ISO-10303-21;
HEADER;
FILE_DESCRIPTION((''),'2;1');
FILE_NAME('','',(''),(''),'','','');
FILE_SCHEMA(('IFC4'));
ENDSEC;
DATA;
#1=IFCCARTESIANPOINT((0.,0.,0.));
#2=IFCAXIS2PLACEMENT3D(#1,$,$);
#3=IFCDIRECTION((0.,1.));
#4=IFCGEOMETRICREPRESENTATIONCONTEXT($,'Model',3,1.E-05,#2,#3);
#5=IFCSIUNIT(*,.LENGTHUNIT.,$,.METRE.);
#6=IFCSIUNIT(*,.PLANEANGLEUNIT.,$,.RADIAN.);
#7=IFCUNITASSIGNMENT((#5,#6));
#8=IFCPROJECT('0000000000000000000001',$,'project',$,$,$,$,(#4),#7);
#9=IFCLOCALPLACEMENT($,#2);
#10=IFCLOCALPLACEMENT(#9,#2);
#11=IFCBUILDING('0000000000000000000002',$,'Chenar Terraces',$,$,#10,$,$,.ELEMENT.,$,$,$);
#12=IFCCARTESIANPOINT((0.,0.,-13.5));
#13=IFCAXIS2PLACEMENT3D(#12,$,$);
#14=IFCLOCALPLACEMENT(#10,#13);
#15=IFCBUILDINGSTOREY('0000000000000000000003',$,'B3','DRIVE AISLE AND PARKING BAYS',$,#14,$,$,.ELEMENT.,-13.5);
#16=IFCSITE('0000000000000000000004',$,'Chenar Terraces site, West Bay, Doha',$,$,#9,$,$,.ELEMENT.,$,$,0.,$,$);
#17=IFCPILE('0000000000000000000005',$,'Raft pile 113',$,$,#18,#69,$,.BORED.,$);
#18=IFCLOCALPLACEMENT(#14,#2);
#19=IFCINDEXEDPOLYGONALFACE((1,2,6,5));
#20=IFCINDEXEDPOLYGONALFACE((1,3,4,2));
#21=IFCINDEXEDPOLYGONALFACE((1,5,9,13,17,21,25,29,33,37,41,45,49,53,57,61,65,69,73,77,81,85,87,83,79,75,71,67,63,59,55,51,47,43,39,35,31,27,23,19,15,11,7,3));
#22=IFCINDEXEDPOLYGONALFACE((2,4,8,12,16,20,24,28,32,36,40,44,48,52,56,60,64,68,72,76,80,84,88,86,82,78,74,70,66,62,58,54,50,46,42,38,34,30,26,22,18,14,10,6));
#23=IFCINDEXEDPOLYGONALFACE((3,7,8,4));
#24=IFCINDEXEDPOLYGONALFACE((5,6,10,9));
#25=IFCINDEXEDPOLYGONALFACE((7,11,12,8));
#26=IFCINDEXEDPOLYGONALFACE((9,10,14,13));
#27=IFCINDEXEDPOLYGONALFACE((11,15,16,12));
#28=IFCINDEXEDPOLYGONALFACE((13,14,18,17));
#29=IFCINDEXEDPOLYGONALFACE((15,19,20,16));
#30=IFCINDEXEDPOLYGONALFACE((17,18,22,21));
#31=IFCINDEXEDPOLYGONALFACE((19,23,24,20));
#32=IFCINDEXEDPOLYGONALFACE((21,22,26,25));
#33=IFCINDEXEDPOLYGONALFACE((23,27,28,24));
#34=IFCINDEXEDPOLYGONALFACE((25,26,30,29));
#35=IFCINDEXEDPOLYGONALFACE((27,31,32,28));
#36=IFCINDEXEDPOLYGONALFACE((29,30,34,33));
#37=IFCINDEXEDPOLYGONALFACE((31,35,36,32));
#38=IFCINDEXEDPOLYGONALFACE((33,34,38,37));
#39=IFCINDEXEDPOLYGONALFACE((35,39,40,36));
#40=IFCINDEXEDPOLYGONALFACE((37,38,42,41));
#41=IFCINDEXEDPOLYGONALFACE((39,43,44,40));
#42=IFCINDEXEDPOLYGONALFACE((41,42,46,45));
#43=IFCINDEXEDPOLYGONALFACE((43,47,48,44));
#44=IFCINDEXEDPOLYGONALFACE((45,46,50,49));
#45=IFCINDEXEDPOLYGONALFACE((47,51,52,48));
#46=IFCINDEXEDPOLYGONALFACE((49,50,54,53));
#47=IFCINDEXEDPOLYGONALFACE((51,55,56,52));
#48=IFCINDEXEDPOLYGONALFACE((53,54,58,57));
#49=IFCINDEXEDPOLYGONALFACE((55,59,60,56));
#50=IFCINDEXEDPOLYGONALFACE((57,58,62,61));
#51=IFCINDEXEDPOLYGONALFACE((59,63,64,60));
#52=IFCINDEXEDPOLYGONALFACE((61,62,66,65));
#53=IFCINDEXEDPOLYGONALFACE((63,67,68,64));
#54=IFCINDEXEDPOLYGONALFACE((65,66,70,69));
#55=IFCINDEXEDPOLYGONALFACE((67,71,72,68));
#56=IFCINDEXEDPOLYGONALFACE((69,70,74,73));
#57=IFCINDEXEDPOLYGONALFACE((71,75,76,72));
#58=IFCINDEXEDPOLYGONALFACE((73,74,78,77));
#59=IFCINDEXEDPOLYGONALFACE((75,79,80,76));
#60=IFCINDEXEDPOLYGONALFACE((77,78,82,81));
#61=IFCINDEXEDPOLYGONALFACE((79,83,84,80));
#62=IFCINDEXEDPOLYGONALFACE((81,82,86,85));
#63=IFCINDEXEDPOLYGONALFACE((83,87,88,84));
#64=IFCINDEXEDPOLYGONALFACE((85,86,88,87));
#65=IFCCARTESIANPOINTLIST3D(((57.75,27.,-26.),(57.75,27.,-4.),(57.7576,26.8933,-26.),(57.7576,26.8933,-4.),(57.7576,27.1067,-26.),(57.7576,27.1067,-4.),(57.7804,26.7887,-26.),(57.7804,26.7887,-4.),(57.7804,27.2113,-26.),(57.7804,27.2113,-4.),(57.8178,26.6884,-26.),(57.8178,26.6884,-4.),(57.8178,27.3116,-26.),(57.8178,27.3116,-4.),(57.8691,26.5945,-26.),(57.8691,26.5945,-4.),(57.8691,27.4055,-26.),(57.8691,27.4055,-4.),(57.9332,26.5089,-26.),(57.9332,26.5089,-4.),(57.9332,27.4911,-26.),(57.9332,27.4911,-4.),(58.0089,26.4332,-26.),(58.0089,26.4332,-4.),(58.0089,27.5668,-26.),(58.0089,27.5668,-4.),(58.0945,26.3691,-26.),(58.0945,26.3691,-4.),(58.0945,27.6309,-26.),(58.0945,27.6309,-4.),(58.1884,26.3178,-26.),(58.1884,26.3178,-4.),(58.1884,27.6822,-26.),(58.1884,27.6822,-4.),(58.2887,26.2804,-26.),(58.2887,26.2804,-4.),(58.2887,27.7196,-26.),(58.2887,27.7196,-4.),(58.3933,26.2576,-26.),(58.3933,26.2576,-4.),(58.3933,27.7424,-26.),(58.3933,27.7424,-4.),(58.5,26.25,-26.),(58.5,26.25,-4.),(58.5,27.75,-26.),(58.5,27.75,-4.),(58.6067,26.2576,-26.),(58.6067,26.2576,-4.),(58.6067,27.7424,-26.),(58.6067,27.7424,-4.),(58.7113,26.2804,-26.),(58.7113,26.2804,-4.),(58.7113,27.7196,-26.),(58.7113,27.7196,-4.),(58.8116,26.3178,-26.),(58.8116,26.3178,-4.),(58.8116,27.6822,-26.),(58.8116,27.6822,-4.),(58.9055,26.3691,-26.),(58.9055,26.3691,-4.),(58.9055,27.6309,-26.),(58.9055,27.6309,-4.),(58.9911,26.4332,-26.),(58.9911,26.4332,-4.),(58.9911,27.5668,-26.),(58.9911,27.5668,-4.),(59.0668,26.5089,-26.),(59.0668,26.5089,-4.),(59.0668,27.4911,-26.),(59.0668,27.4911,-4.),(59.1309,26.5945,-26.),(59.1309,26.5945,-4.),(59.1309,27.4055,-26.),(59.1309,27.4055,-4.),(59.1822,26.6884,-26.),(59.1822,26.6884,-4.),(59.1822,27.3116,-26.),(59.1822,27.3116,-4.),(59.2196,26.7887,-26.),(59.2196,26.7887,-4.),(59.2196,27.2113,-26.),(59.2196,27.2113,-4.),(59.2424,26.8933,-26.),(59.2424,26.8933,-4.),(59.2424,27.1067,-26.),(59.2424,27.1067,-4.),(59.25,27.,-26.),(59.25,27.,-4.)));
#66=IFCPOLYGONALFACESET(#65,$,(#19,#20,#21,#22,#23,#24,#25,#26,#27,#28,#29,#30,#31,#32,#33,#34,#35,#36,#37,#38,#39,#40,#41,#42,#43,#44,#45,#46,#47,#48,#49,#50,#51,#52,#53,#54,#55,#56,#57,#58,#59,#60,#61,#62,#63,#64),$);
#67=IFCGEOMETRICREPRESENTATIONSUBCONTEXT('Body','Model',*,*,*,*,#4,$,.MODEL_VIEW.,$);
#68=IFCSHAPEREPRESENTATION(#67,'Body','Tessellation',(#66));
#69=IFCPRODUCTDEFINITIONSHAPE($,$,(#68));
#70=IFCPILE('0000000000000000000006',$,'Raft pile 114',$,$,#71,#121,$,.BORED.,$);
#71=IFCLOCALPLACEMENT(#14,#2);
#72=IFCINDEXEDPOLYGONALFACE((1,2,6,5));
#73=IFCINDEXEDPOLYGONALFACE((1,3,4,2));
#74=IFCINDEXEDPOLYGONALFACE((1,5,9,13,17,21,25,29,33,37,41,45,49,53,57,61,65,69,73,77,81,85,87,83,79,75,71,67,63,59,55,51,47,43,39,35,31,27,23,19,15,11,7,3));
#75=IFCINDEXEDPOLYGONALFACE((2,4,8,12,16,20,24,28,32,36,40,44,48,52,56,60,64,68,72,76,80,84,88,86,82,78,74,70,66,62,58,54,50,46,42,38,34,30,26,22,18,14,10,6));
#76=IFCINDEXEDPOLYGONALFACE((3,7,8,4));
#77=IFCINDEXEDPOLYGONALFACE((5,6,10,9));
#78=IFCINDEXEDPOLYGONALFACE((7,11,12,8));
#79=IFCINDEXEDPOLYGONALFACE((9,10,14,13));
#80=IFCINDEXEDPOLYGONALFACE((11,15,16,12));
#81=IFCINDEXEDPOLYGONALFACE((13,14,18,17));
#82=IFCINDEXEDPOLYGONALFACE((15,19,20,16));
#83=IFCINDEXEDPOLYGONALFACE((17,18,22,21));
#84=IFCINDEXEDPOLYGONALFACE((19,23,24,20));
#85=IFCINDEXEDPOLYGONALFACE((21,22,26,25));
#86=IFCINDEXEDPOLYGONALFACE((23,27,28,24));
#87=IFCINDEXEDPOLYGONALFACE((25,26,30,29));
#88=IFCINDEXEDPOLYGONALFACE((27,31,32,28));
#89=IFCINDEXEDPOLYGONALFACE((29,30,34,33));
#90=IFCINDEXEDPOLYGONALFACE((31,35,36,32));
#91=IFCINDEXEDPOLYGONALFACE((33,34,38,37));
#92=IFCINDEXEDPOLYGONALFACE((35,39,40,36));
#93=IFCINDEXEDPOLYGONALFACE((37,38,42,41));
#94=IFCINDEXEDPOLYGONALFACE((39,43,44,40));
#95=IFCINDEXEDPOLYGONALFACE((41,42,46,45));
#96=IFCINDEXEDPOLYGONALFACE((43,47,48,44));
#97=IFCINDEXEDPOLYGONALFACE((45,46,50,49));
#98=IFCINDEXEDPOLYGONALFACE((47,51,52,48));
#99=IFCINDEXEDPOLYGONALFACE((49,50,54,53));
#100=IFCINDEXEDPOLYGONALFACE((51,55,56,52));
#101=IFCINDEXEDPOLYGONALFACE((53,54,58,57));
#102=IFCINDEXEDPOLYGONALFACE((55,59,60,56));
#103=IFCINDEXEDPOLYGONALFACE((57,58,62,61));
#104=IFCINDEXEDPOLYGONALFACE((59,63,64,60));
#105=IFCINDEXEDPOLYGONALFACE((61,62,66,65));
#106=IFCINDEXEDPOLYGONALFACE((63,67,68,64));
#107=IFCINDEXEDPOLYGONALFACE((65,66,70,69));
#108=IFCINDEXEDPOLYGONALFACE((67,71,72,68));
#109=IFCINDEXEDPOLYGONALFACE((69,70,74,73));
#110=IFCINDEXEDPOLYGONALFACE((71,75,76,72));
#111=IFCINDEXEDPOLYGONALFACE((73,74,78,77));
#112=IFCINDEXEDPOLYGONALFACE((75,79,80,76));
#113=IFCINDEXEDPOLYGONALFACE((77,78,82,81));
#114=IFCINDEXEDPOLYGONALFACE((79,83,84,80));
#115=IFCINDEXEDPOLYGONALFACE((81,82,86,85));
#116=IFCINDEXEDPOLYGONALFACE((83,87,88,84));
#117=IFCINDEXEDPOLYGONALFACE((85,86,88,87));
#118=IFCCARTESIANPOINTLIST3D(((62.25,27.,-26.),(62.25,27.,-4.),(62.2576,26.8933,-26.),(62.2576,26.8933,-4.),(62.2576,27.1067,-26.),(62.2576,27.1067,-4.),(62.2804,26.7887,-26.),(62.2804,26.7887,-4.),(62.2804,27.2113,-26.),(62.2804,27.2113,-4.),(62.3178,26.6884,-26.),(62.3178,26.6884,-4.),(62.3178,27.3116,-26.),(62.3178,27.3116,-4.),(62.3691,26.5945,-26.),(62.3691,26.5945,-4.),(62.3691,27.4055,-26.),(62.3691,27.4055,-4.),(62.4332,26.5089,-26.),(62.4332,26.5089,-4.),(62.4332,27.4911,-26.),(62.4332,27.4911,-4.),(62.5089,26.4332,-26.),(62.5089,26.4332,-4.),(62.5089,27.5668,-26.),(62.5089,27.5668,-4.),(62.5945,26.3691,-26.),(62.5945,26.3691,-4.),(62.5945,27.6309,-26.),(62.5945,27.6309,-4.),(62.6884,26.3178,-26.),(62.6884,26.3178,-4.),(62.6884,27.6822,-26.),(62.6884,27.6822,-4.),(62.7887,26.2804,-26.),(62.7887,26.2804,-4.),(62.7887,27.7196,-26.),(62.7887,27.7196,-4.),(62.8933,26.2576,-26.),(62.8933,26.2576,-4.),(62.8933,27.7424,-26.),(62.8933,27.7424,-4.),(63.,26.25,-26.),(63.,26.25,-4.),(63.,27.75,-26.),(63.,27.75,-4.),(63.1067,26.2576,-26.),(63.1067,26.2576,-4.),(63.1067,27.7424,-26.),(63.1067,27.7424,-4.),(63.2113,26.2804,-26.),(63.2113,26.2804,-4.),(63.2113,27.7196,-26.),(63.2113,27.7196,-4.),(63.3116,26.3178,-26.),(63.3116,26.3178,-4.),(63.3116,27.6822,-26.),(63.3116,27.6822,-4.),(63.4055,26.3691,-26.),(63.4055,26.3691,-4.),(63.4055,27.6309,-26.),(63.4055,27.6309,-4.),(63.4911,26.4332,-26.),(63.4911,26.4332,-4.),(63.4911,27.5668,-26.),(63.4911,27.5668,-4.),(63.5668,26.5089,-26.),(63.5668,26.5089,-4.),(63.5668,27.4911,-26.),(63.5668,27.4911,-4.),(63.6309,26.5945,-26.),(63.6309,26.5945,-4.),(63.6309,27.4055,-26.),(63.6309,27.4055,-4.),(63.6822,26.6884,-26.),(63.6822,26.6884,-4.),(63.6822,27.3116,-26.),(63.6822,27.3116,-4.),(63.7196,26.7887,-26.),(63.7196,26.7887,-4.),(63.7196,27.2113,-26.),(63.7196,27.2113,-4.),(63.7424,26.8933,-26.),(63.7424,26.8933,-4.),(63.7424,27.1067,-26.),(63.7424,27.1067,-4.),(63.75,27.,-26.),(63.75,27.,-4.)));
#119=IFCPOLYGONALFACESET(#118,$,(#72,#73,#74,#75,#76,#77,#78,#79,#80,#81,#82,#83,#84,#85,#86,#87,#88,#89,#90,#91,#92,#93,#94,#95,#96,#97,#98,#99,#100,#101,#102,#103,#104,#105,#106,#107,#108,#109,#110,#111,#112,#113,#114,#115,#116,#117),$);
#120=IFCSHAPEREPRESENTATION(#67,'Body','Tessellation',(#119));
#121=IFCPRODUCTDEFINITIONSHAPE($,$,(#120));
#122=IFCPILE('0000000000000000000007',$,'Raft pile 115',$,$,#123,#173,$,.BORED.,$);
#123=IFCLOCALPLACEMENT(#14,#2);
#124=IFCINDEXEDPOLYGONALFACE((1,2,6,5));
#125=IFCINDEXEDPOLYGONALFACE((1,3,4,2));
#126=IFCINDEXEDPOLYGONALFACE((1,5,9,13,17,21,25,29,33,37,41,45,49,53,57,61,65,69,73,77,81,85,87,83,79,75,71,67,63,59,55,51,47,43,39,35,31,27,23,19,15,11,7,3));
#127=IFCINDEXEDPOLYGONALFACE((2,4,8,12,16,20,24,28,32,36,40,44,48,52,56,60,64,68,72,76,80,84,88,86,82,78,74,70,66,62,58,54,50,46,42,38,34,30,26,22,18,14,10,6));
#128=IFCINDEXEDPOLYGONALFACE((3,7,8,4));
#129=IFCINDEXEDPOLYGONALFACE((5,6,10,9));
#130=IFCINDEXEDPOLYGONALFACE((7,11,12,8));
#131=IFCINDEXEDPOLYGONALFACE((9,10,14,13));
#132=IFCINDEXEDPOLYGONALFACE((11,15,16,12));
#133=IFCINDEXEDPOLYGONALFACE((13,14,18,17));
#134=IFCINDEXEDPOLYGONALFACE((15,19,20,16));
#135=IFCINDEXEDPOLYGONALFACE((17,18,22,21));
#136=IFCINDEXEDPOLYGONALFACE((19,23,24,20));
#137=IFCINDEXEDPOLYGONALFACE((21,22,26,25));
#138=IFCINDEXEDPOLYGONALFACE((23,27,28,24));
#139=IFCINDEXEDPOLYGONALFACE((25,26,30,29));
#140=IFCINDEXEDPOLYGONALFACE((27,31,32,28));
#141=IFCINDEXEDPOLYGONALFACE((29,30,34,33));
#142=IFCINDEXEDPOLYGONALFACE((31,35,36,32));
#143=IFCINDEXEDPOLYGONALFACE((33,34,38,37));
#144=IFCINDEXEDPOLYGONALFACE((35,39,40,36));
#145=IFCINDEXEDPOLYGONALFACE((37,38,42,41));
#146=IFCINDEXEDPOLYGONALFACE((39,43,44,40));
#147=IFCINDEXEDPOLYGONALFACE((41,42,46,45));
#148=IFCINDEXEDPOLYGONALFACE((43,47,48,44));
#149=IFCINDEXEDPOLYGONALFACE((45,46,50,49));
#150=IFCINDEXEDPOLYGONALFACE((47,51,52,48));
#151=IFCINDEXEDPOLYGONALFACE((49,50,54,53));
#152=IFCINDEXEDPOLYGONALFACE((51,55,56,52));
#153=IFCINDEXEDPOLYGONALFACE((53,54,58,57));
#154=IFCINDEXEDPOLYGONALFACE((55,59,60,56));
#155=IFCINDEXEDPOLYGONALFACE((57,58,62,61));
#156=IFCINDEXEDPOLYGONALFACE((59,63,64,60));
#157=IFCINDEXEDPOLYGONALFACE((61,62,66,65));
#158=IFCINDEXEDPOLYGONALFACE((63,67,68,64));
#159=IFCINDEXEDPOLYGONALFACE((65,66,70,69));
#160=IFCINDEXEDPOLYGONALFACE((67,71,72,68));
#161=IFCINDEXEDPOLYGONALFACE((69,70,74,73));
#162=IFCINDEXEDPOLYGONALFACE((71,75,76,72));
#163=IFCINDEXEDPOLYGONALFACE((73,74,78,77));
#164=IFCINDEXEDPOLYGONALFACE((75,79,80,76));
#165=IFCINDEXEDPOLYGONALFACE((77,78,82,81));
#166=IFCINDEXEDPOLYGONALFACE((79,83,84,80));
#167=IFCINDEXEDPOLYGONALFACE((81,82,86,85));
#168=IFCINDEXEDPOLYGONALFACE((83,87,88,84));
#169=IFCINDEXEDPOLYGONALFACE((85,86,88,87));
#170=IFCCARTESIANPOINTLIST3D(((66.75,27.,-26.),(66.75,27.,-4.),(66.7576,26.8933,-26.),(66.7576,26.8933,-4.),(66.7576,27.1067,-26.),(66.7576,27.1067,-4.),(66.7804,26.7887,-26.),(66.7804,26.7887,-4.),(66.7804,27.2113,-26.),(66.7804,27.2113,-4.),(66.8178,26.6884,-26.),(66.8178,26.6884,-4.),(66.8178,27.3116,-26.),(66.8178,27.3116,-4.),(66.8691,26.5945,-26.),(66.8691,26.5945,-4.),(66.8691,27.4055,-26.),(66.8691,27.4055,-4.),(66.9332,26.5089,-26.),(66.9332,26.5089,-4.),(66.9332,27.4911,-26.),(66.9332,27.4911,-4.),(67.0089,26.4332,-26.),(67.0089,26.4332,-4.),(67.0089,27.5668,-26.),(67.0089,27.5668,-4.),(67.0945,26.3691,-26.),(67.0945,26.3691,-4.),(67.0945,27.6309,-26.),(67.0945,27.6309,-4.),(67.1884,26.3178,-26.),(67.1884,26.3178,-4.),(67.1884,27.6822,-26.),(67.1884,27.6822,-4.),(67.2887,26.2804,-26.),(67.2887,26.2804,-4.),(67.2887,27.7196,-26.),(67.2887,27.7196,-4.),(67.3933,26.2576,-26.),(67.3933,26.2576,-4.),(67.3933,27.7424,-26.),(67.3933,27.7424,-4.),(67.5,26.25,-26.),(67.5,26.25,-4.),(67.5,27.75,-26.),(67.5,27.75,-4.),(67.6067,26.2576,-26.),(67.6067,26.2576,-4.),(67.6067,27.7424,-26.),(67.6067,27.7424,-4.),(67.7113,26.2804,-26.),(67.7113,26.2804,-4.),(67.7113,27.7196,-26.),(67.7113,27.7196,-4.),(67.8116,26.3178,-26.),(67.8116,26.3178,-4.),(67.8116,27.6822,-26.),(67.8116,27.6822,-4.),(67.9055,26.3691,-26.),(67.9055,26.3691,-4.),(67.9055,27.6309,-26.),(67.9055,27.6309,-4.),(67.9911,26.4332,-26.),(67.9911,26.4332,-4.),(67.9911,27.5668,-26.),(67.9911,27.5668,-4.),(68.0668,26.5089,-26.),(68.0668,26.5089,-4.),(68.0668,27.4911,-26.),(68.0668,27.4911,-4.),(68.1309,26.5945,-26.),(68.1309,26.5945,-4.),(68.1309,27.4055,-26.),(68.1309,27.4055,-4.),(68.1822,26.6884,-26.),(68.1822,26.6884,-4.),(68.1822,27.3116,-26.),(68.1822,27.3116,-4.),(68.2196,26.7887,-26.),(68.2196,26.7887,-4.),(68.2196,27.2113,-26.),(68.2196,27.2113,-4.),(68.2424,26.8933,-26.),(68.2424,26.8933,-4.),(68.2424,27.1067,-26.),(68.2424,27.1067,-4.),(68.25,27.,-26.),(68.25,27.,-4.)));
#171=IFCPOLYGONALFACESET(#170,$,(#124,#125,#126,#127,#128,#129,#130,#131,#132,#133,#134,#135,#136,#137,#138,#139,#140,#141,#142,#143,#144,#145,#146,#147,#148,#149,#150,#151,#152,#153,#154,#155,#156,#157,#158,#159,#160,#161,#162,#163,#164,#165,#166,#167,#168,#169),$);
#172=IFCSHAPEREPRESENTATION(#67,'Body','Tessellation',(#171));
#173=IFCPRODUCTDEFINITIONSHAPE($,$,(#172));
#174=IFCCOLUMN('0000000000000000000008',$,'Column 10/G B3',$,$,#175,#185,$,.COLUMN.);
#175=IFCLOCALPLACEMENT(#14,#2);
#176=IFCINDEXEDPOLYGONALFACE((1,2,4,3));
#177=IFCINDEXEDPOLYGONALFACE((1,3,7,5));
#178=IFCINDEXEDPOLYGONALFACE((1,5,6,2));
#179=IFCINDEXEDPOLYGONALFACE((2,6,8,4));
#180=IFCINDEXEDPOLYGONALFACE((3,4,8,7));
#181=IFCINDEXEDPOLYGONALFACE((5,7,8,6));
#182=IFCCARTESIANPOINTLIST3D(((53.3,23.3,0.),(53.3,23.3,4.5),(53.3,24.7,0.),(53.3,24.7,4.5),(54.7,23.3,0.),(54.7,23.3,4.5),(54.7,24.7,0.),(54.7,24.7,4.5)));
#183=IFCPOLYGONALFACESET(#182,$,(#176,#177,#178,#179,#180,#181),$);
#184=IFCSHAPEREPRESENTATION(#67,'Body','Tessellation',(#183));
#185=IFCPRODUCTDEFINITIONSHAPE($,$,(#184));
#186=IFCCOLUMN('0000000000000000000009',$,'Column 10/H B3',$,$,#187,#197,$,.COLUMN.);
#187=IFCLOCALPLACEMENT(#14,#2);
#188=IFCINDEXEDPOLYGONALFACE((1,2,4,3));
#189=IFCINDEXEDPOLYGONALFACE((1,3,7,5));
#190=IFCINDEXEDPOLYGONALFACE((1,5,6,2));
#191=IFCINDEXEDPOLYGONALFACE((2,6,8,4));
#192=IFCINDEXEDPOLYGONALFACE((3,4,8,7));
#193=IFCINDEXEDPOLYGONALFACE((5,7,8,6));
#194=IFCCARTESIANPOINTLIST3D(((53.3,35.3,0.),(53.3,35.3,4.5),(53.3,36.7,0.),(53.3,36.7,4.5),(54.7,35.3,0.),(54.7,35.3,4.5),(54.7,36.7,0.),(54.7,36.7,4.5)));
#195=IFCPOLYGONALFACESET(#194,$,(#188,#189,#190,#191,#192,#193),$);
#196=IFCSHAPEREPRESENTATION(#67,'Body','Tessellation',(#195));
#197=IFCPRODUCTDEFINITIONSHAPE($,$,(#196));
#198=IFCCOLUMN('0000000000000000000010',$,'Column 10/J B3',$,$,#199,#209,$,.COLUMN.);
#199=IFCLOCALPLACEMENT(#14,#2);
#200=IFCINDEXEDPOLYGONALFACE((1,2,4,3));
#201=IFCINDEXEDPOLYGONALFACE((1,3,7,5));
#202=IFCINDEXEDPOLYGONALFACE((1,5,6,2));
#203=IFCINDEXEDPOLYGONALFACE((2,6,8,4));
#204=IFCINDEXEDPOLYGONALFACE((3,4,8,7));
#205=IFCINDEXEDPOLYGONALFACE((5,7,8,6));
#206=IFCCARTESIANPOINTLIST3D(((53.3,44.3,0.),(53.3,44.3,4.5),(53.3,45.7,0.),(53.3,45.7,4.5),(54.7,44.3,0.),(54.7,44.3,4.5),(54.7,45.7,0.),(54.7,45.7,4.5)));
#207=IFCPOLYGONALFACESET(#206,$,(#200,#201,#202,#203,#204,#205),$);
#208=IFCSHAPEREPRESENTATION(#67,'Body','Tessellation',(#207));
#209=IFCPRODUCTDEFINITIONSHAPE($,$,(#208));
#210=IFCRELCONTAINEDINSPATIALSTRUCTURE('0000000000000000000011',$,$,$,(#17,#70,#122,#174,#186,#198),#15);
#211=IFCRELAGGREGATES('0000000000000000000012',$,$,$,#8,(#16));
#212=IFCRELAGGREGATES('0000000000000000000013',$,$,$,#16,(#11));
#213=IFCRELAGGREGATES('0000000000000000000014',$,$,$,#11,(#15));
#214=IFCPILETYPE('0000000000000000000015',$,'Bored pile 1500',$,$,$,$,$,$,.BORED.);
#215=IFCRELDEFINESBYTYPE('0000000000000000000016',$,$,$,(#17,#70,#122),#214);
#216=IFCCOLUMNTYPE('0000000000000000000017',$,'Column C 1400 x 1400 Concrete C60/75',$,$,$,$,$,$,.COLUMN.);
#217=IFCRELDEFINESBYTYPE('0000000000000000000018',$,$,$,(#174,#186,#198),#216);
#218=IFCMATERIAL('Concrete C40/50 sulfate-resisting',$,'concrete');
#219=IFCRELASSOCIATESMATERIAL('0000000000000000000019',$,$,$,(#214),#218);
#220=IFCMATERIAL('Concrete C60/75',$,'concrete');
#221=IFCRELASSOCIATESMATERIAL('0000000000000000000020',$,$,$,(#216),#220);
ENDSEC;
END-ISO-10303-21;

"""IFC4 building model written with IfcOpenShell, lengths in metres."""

from ifc_helpers import new_model, si_unit, direction, frame, origin, origin_2d, place, context, subcontext, project, spatial, rectangle, circle, extrude, material, material_profile, profile_set, type_object, element, save


model = new_model("IFC4")

# Units and contexts
model_context = context("Model", 3, precision=1e-05, world=origin(), true_north=direction((0.0, 1.0)))
body_context = subcontext(model_context, "Body", "Model", "MODEL_VIEW")
ifc_project = project(units=[si_unit("LENGTHUNIT", "METRE"), si_unit("PLANEANGLEUNIT", "RADIAN")], contexts=[model_context])

# Site, building, storey
site_placement = place(None, origin())
site = spatial("IfcSite", under=ifc_project, at=site_placement, Name="Chenar Terraces site, West Bay, Doha", CompositionType="ELEMENT", RefElevation=0.0)
building_placement = place(site_placement, origin())
building = spatial("IfcBuilding", under=site, at=building_placement, Name="Chenar Terraces", CompositionType="ELEMENT")
storey_placement = place(building_placement, frame((0.0, 0.0, -13.5)))
storey = spatial("IfcBuildingStorey", under=building, at=storey_placement, Name="B3", Description="DRIVE AISLE AND PARKING BAYS", CompositionType="ELEMENT", Elevation=-13.5)

# Piles
ifc_material_1 = material(Name="Concrete C40/50 sulfate-resisting", Category="concrete")
ifc_material_profile_1 = material_profile(ifc_material_1, circle(Radius=0.75, at=origin_2d()), Name="BP 1500")
ifc_profile_set_1 = profile_set([ifc_material_profile_1], Name="Concrete C40/50 sulfate-resisting")
pile_type_1 = type_object("IfcPileType", Name="Bored pile 1500", PredefinedType="BORED", material=ifc_profile_set_1)
for number, where, z_axis, x_axis, name in (
    (1, (58.5, 27.0, -4.0), (0.0, 0.0, -1.0), (1.0, 0.0, 0.0), "Raft pile 113"),
    (2, (63.0, 27.0, -4.0), (0.0, 0.0, -1.0), (1.0, 0.0, 0.0), "Raft pile 114"),
    (3, (67.5, 27.0, -4.0), (0.0, 0.0, -1.0), (1.0, 0.0, 0.0), "Raft pile 115"),
):
    element("IfcPile", number, at=place(storey_placement, frame(where, z_axis=z_axis, x_axis=x_axis)), inside=storey, type_object=pile_type_1, Name=name, PredefinedType="BORED", context=body_context, shape_type="SweptSolid", body=[
        extrude(circle(Radius=0.75, at=origin_2d()), origin(), (0.0, 0.0, 1.0), 22.0),
    ])

# Columns
ifc_material_2 = material(Name="Concrete C60/75", Category="concrete")
ifc_material_profile_2 = material_profile(ifc_material_2, rectangle(XDim=1.3999, YDim=1.3999, at=origin_2d()), Name="C 1400 x 1400")
ifc_profile_set_2 = profile_set([ifc_material_profile_2], Name="Concrete C60/75")
column_type = type_object("IfcColumnType", Name="Column C 1400 x 1400 Concrete C60/75", PredefinedType="COLUMN", material=ifc_profile_set_2)
for number, where, z_axis, x_axis, name in (
    (4, (54.0, 24.0, 0.0), (0.0, 0.0, 1.0), (1.0, 0.0, 0.0), "Column 10/G B3"),
    (5, (54.0, 36.0, 0.0), (0.0, 0.0, 1.0), (1.0, 0.0, 0.0), "Column 10/H B3"),
    (6, (54.0, 45.0, 0.0), (0.0, 0.0, 1.0), (1.0, 0.0, 0.0), "Column 10/J B3"),
):
    element("IfcColumn", number, at=place(storey_placement, frame(where, z_axis=z_axis, x_axis=x_axis)), inside=storey, type_object=column_type, Name=name, PredefinedType="COLUMN", context=body_context, shape_type="SweptSolid", body=[
        extrude(rectangle(XDim=1.3999, YDim=1.3999, at=origin_2d()), origin(), (0.0, 0.0, 1.0), 4.5),
    ])

save(model, "model.ifc")
